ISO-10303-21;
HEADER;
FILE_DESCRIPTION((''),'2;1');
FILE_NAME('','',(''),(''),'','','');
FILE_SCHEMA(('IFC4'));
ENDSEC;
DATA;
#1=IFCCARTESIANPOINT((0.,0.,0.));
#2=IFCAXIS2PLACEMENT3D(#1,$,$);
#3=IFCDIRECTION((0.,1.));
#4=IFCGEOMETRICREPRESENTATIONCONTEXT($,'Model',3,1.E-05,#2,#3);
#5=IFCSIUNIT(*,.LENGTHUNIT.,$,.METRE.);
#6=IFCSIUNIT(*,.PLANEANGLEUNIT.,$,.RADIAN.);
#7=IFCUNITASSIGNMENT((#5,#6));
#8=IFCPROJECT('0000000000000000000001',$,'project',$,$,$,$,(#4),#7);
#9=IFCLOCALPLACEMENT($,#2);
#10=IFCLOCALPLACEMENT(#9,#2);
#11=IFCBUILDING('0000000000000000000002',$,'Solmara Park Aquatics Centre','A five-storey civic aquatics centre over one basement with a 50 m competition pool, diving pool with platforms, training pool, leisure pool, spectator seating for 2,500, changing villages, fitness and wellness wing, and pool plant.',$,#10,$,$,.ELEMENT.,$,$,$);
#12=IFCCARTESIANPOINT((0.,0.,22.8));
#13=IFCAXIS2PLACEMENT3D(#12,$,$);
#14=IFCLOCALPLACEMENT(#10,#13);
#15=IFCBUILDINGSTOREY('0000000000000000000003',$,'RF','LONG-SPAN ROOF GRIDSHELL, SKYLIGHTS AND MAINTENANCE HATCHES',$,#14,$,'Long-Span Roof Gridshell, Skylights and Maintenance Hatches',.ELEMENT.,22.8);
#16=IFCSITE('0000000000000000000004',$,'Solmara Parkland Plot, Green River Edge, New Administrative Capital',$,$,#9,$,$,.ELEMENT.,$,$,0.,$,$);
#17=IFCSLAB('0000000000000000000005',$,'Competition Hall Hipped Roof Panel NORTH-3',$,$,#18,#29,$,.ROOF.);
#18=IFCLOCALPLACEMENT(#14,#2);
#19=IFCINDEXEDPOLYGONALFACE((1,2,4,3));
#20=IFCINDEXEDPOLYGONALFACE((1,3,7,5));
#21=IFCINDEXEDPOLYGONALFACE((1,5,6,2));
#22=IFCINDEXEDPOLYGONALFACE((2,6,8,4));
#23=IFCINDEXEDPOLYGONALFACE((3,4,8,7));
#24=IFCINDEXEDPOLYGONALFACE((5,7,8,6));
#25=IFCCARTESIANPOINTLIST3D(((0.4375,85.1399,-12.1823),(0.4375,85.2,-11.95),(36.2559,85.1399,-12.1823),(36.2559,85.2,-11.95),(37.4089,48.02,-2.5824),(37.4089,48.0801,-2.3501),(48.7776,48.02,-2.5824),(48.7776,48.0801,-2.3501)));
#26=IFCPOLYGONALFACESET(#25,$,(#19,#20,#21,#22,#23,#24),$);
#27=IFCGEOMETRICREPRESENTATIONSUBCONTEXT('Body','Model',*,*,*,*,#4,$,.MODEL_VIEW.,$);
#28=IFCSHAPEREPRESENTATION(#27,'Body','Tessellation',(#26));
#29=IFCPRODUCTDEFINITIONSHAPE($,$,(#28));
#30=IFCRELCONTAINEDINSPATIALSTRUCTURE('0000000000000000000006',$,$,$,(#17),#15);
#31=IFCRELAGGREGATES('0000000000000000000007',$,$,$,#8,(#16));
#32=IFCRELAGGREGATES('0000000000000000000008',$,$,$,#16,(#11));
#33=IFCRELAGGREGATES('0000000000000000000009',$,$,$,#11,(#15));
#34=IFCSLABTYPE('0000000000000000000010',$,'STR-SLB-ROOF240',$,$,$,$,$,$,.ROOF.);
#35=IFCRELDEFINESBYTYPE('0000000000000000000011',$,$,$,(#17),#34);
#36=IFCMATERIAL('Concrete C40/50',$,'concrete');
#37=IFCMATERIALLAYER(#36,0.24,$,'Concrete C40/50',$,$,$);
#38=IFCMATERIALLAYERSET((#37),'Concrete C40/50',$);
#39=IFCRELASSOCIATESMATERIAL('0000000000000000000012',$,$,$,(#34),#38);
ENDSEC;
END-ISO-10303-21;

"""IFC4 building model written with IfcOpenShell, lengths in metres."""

from ifc_helpers import new_model, si_unit, direction, frame, origin, place, context, subcontext, project, spatial, polyline, outline, extrude, material, layer, layer_set, type_object, element, save


model = new_model("IFC4")

# Units and contexts
model_context = context("Model", 3, precision=1e-05, world=origin(), true_north=direction((0.0, 1.0)))
body_context = subcontext(model_context, "Body", "Model", "MODEL_VIEW")
ifc_project = project(units=[si_unit("LENGTHUNIT", "METRE"), si_unit("PLANEANGLEUNIT", "RADIAN")], contexts=[model_context])

# Site, building, storey
site_placement = place(None, origin())
site = spatial("IfcSite", under=ifc_project, at=site_placement, Name="Solmara Parkland Plot, Green River Edge, New Administrative Capital", CompositionType="ELEMENT", RefElevation=0.0)
building_placement = place(site_placement, origin())
building = spatial("IfcBuilding", under=site, at=building_placement, Name="Solmara Park Aquatics Centre", Description="A five-storey civic aquatics centre over one basement with a 50 m competition pool, diving pool with platforms, training pool, leisure pool, spectator seating for 2,500, changing villages, fitness and wellness wing, and pool plant.", CompositionType="ELEMENT")
storey_placement = place(building_placement, frame((0.0, 0.0, 22.8)))
storey = spatial("IfcBuildingStorey", under=building, at=storey_placement, Name="RF", Description="LONG-SPAN ROOF GRIDSHELL, SKYLIGHTS AND MAINTENANCE HATCHES", LongName="Long-Span Roof Gridshell, Skylights and Maintenance Hatches", CompositionType="ELEMENT", Elevation=22.8)

# Slab
ifc_material_1 = material(Name="Concrete C40/50", Category="concrete")
ifc_layer = layer(ifc_material_1, 0.24, Name="Concrete C40/50")
ifc_layer_set = layer_set([ifc_layer], Name="Concrete C40/50")
slab_type = type_object("IfcSlabType", Name="STR-SLB-ROOF240", PredefinedType="ROOF", material=ifc_layer_set)
slab_placement = place(storey_placement, frame((36.2559, 85.2, -11.95), z_axis=(0.0, 0.25038, 0.968148), x_axis=(-1.0, 0.0, 0.0)))
element("IfcSlab", 1, at=slab_placement, inside=storey, type_object=slab_type, Name="Competition Hall Hipped Roof Panel NORTH-3", PredefinedType="ROOF", context=body_context, shape_type="SweptSolid", body=[
    extrude(outline(polyline([(0.0, 0.0), (35.8184, 0.0), (-1.1531, 38.3411), (-12.5217, 38.3411), (0.0, 0.0)])), origin(), (0.0, 0.0, -1.0), 0.24),
])

save(model, "model.ifc")
